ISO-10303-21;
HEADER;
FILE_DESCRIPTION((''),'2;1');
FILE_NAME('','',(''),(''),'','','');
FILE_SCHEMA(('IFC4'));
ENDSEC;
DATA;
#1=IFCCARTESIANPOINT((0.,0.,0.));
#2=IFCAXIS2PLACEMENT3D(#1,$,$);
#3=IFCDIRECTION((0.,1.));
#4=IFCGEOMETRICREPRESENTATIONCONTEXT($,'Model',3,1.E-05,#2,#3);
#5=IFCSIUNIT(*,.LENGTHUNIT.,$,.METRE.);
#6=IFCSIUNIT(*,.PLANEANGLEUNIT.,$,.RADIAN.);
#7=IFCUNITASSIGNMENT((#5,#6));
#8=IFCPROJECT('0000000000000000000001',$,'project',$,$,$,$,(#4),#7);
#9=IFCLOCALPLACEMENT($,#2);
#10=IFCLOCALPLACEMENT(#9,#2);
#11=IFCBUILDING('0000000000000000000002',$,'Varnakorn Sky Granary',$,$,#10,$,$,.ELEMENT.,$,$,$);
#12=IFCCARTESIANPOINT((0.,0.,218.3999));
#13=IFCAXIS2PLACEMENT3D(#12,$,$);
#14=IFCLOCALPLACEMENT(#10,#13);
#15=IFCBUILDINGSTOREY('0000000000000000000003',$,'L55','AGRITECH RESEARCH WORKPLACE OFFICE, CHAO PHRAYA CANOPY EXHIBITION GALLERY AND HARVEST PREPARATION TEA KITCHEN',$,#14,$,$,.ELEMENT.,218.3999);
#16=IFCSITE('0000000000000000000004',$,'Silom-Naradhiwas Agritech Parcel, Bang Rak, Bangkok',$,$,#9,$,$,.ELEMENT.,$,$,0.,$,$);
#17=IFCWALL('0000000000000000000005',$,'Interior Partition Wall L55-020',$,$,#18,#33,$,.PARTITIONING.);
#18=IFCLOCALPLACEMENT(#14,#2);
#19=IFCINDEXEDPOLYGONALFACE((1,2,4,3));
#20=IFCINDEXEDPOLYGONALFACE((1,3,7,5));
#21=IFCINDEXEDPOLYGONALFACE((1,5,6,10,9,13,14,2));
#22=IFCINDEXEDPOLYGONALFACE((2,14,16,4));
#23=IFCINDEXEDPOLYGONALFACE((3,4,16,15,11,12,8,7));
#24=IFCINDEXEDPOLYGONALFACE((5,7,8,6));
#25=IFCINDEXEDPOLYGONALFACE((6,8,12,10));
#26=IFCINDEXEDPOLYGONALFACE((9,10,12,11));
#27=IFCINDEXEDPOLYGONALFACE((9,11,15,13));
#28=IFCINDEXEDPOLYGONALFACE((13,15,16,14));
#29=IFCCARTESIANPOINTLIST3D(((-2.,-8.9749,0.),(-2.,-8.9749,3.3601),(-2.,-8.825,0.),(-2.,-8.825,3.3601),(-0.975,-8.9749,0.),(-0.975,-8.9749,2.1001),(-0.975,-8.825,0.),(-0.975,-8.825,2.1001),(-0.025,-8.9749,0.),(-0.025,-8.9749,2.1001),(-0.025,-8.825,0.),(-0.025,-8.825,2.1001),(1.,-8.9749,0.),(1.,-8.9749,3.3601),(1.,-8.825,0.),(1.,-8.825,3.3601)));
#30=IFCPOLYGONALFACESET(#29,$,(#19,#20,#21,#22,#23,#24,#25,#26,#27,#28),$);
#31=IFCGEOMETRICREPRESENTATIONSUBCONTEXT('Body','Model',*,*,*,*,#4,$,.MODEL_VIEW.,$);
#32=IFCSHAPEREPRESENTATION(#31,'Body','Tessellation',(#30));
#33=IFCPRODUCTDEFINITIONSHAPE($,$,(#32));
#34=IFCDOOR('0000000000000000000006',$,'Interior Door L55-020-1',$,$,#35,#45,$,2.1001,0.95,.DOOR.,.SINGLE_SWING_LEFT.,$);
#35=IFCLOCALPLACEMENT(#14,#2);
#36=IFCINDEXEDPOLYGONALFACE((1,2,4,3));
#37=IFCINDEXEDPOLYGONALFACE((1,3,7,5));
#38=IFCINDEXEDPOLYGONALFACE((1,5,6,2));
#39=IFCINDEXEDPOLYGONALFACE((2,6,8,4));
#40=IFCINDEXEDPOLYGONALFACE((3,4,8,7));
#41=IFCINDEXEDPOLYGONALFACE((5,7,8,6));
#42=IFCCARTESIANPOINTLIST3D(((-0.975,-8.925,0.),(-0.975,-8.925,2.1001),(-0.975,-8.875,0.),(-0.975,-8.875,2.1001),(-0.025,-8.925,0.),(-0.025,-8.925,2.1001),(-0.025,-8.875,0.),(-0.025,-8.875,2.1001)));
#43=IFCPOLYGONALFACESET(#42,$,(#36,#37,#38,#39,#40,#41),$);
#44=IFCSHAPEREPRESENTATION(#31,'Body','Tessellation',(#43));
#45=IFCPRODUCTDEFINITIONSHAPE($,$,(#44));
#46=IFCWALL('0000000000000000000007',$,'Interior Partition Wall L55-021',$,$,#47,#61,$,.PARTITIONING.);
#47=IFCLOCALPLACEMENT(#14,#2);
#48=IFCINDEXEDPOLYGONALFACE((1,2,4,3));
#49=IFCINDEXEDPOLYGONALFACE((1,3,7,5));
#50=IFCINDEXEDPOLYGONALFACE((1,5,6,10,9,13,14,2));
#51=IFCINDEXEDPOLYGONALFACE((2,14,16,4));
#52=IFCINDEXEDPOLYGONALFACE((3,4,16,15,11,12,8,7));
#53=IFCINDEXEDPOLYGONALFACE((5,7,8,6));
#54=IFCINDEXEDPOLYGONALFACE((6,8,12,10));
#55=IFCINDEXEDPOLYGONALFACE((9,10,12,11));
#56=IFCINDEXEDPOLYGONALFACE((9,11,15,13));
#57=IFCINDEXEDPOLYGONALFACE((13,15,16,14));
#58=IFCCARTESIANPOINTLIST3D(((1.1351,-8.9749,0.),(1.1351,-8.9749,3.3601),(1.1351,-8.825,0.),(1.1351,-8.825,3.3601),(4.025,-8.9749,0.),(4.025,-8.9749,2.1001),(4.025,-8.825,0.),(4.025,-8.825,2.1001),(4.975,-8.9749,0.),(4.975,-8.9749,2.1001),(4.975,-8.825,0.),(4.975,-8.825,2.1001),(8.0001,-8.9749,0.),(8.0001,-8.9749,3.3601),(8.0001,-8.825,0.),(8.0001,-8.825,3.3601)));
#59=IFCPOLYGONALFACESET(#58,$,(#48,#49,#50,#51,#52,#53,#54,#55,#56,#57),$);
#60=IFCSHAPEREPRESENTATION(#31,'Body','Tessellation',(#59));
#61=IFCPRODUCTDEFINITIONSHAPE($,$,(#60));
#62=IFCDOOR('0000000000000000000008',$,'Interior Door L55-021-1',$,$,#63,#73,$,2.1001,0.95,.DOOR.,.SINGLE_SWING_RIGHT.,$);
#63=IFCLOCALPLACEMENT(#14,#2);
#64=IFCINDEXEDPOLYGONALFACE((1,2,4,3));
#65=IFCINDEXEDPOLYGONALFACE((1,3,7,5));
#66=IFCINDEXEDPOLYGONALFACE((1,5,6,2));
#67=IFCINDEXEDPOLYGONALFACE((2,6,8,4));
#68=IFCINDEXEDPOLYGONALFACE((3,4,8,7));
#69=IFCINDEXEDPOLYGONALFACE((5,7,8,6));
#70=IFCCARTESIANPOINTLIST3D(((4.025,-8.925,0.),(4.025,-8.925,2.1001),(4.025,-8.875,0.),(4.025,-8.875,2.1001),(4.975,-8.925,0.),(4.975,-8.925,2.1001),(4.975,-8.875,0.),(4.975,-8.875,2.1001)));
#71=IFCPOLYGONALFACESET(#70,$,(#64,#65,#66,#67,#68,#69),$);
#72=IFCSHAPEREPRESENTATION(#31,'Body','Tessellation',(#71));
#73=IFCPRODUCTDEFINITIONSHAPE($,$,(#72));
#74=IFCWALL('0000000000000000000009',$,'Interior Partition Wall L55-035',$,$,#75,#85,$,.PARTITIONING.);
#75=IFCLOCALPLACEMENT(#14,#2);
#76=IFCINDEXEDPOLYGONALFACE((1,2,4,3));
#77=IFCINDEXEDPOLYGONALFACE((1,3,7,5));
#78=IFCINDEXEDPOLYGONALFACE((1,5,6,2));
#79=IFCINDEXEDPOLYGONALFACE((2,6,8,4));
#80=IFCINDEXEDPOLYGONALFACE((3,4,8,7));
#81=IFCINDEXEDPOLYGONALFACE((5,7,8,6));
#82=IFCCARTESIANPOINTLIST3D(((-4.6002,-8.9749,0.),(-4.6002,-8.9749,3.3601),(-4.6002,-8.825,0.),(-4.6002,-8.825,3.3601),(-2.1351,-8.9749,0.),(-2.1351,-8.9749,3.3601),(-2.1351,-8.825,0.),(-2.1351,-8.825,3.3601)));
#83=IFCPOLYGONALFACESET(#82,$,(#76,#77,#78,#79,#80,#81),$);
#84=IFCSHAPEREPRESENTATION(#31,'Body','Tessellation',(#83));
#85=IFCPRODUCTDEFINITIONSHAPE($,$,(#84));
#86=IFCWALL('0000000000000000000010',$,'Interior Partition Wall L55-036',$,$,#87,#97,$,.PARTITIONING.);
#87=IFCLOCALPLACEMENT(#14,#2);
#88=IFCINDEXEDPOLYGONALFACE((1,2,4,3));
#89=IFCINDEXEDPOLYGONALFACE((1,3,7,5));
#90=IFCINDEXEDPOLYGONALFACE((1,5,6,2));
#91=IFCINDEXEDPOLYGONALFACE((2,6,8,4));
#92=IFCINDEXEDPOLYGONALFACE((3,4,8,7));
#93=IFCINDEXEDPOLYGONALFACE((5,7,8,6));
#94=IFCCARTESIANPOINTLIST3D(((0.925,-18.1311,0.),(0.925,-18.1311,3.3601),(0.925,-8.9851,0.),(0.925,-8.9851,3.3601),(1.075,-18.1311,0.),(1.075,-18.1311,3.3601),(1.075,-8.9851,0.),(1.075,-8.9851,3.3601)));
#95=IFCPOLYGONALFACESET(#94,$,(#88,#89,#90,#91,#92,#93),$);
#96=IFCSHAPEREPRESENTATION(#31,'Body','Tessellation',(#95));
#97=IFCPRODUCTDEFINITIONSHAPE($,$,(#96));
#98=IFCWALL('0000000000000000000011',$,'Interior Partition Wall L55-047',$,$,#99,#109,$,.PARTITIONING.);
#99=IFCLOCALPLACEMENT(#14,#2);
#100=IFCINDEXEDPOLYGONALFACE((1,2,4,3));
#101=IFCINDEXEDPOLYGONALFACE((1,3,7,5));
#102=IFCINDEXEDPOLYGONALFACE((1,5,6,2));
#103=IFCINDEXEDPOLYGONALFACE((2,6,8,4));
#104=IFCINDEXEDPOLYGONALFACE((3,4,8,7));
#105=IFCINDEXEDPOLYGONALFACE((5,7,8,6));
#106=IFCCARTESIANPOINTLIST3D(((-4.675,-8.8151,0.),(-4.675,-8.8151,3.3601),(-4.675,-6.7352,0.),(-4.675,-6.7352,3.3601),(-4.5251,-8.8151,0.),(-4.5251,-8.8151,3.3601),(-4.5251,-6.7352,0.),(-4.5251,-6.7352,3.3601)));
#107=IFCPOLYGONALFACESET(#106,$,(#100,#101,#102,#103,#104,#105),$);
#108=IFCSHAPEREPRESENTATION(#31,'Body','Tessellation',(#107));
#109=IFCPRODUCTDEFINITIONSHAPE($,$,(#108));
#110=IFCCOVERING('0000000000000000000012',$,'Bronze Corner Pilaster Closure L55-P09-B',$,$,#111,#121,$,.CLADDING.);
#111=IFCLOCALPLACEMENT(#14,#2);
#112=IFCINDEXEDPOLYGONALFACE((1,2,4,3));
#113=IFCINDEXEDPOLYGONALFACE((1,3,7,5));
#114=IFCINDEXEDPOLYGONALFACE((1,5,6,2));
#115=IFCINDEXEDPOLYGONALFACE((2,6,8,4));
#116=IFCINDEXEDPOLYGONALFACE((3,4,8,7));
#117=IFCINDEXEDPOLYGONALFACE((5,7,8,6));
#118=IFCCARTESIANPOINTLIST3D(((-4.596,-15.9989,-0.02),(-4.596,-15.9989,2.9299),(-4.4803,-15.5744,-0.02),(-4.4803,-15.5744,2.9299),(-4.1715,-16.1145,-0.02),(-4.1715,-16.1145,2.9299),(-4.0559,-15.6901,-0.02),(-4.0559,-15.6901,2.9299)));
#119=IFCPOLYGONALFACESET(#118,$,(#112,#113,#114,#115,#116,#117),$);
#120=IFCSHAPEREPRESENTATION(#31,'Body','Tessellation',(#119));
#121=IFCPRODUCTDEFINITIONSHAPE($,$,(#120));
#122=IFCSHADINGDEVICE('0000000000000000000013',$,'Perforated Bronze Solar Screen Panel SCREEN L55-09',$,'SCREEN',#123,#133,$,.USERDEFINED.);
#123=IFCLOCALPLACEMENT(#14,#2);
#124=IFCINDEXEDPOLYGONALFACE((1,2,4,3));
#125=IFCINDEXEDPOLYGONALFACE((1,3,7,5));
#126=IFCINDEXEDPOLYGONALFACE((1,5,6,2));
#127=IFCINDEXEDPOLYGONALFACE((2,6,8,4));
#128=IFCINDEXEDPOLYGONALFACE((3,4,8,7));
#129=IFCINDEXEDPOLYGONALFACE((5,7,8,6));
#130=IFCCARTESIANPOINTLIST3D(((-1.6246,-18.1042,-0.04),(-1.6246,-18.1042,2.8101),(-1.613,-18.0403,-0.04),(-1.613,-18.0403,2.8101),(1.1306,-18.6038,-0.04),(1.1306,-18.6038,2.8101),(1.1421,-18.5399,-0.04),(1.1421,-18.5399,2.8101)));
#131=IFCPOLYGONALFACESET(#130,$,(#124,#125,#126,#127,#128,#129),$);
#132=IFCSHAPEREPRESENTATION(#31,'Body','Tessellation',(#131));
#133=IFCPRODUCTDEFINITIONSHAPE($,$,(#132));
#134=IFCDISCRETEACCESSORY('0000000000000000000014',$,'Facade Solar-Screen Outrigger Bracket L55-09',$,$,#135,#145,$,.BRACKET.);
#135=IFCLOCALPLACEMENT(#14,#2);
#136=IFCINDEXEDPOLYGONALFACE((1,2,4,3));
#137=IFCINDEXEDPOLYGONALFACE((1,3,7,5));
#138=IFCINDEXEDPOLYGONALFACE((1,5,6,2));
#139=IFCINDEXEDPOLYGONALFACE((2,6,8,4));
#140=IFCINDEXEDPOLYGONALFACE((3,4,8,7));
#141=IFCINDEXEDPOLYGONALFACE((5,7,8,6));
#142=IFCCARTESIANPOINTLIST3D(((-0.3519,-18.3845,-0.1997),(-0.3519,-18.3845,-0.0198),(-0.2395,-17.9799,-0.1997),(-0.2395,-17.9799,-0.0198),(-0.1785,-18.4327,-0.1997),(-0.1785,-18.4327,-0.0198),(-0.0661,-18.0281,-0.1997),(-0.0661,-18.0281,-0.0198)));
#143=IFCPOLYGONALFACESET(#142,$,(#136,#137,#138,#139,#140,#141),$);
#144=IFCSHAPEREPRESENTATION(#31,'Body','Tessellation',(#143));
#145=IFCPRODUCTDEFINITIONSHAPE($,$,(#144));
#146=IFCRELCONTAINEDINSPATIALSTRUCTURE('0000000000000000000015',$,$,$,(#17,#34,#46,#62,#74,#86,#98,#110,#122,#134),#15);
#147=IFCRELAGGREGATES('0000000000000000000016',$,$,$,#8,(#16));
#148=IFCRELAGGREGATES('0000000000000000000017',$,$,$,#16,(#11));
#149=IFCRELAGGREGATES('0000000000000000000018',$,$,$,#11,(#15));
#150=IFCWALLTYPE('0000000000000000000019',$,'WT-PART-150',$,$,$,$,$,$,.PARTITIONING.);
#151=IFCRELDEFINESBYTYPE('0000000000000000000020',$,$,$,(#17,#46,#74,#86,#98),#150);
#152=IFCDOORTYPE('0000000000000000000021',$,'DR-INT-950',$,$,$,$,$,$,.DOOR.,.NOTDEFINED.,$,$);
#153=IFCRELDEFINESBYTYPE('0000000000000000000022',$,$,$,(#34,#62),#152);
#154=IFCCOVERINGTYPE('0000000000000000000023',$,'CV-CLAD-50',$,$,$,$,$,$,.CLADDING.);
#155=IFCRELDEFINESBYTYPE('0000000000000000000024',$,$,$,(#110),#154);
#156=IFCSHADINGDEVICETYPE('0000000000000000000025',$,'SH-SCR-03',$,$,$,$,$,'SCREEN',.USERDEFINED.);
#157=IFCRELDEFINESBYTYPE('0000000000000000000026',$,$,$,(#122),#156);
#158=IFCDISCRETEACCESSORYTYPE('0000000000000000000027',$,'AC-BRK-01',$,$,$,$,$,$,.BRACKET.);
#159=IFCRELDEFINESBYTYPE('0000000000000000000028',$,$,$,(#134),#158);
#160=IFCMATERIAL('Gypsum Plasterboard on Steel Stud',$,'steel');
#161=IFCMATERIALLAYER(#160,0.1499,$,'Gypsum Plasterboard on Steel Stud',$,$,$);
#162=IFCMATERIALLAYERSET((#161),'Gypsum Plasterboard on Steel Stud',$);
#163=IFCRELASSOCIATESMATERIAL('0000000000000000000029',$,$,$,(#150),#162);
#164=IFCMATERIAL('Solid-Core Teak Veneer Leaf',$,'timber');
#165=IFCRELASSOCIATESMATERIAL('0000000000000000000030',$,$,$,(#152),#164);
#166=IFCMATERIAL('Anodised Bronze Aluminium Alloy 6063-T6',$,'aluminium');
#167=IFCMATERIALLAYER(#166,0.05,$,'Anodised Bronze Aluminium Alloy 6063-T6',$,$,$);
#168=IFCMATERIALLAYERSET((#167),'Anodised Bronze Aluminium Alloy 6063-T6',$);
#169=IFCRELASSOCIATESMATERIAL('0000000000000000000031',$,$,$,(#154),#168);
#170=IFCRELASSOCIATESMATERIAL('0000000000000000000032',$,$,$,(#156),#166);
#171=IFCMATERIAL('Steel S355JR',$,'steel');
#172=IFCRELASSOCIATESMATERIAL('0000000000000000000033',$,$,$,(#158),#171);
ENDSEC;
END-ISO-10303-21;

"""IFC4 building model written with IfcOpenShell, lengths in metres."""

from ifc_helpers import new_model, si_unit, direction, frame, frame_2d, origin, origin_2d, place, context, subcontext, project, spatial, rectangle, extrude, source, transform, mapped, material, layer, layer_set, type_object, type_shapes, element, fill, save


model = new_model("IFC4")

# Units and contexts
model_context = context("Model", 3, precision=1e-05, world=origin(), true_north=direction((0.0, 1.0)))
body_context = subcontext(model_context, "Body", "Model", "MODEL_VIEW")
ifc_project = project(units=[si_unit("LENGTHUNIT", "METRE"), si_unit("PLANEANGLEUNIT", "RADIAN")], contexts=[model_context])

# Site, building, storey
site_placement = place(None, origin())
site = spatial("IfcSite", under=ifc_project, at=site_placement, Name="Silom-Naradhiwas Agritech Parcel, Bang Rak, Bangkok", CompositionType="ELEMENT", RefElevation=0.0)
building_placement = place(site_placement, origin())
building = spatial("IfcBuilding", under=site, at=building_placement, Name="Varnakorn Sky Granary", CompositionType="ELEMENT")
storey_placement = place(building_placement, frame((0.0, 0.0, 218.3999)))
storey = spatial("IfcBuildingStorey", under=building, at=storey_placement, Name="L55", Description="AGRITECH RESEARCH WORKPLACE OFFICE, CHAO PHRAYA CANOPY EXHIBITION GALLERY AND HARVEST PREPARATION TEA KITCHEN", CompositionType="ELEMENT", Elevation=218.3999)

# Shared definitions
ifc_material_1 = material(Name="Steel S355JR", Category="steel")

# Shared definitions
ifc_material_2 = material(Name="Anodised Bronze Aluminium Alloy 6063-T6", Category="aluminium")

# Walls, openings, doors
ifc_material_3 = material(Name="Gypsum Plasterboard on Steel Stud", Category="steel")
ifc_layer_1 = layer(ifc_material_3, 0.1499, Name="Gypsum Plasterboard on Steel Stud")
ifc_layer_set_1 = layer_set([ifc_layer_1], Name="Gypsum Plasterboard on Steel Stud")
wall_type = type_object("IfcWallType", Name="WT-PART-150", PredefinedType="PARTITIONING", material=ifc_layer_set_1)
wall_1_placement = place(storey_placement, frame((-2.0, -8.8999, 0.0), z_axis=(0.0, 0.0, 1.0), x_axis=(1.0, 0.0, 0.0)))
wall_1 = element("IfcWall", 1, at=wall_1_placement, inside=storey, type_object=wall_type, Name="Interior Partition Wall L55-020", PredefinedType="PARTITIONING", context=body_context, shape_type="SweptSolid", body=[
    extrude(rectangle(XDim=3.0, YDim=0.1499, at=frame_2d((1.5, 0.0))), origin(), (0.0, 0.0, 1.0), 3.3601),
])
opening_1_placement = place(wall_1_placement, frame((1.0249, 0.0, 0.0)))
opening_1 = element("IfcOpeningElement", 2, at=opening_1_placement, cuts=wall_1, PredefinedType="OPENING", context=body_context, shape_type="SweptSolid", body=[
    extrude(rectangle(XDim=0.95, YDim=2.1001, at=frame_2d((0.4751, 1.05))), frame((0.0, 0.085, 0.0), z_axis=(0.0, -1.0, 0.0), x_axis=(1.0, 0.0, 0.0)), (0.0, 0.0, 1.0), 0.1699),
])
ifc_material_4 = material(Name="Solid-Core Teak Veneer Leaf", Category="timber")
door_type = type_object("IfcDoorType", Name="DR-INT-950", OperationType="NOTDEFINED", PredefinedType="DOOR", material=ifc_material_4)
door_1_placement = place(opening_1_placement, origin())
door_1 = element("IfcDoor", 3, at=door_1_placement, inside=storey, type_object=door_type, Name="Interior Door L55-020-1", OperationType="SINGLE_SWING_LEFT", OverallHeight=2.1001, OverallWidth=0.95, PredefinedType="DOOR", context=body_context, shape_type="SweptSolid", body=[
    extrude(rectangle(XDim=0.95, YDim=2.1001, at=frame_2d((0.4751, 1.05))), frame((0.0, 0.0249, 0.0), z_axis=(0.0, -1.0, 0.0), x_axis=(1.0, 0.0, 0.0)), (0.0, 0.0, 1.0), 0.05),
])
fill(opening_1, door_1)
wall_2_placement = place(storey_placement, frame((1.135, -8.8999, 0.0), z_axis=(0.0, 0.0, 1.0), x_axis=(1.0, 0.0, 0.0)))
wall_2 = element("IfcWall", 4, at=wall_2_placement, inside=storey, type_object=wall_type, Name="Interior Partition Wall L55-021", PredefinedType="PARTITIONING", context=body_context, shape_type="SweptSolid", body=[
    extrude(rectangle(XDim=6.865, YDim=0.1499, at=frame_2d((3.4326, 0.0))), origin(), (0.0, 0.0, 1.0), 3.3601),
])
opening_2_placement = place(wall_2_placement, frame((2.8899, 0.0, 0.0)))
opening_2 = element("IfcOpeningElement", 5, at=opening_2_placement, cuts=wall_2, PredefinedType="OPENING", context=body_context, shape_type="SweptSolid", body=[
    extrude(rectangle(XDim=0.95, YDim=2.1001, at=frame_2d((0.4751, 1.05))), frame((0.0, 0.085, 0.0), z_axis=(0.0, -1.0, 0.0), x_axis=(1.0, 0.0, 0.0)), (0.0, 0.0, 1.0), 0.1699),
])
door_2_placement = place(opening_2_placement, origin())
door_2 = element("IfcDoor", 6, at=door_2_placement, inside=storey, type_object=door_type, Name="Interior Door L55-021-1", OperationType="SINGLE_SWING_RIGHT", OverallHeight=2.1001, OverallWidth=0.95, PredefinedType="DOOR", context=body_context, shape_type="SweptSolid", body=[
    extrude(rectangle(XDim=0.95, YDim=2.1001, at=frame_2d((0.4751, 1.05))), frame((0.0, 0.0249, 0.0), z_axis=(0.0, -1.0, 0.0), x_axis=(1.0, 0.0, 0.0)), (0.0, 0.0, 1.0), 0.05),
])
fill(opening_2, door_2)

# Walls
wall_3_placement = place(storey_placement, frame((-4.6001, -8.8999, 0.0), z_axis=(0.0, 0.0, 1.0), x_axis=(1.0, 0.0, 0.0)))
element("IfcWall", 7, at=wall_3_placement, inside=storey, type_object=wall_type, Name="Interior Partition Wall L55-035", PredefinedType="PARTITIONING", context=body_context, shape_type="SweptSolid", body=[
    extrude(rectangle(XDim=2.4651, YDim=0.1499, at=frame_2d((1.2324, 0.0))), origin(), (0.0, 0.0, 1.0), 3.3601),
])
wall_4_placement = place(storey_placement, frame((1.0, -8.9851, 0.0), z_axis=(0.0, 0.0, 1.0), x_axis=(0.0, -1.0, 0.0)))
element("IfcWall", 8, at=wall_4_placement, inside=storey, type_object=wall_type, Name="Interior Partition Wall L55-036", PredefinedType="PARTITIONING", context=body_context, shape_type="SweptSolid", body=[
    extrude(rectangle(XDim=9.146, YDim=0.1499, at=frame_2d((4.573, 0.0))), origin(), (0.0, 0.0, 1.0), 3.3601),
])
wall_5_placement = place(storey_placement, frame((-4.6001, -6.7351, 0.0), z_axis=(0.0, 0.0, 1.0), x_axis=(0.0, -1.0, 0.0)))
element("IfcWall", 9, at=wall_5_placement, inside=storey, type_object=wall_type, Name="Interior Partition Wall L55-047", PredefinedType="PARTITIONING", context=body_context, shape_type="SweptSolid", body=[
    extrude(rectangle(XDim=2.0798, YDim=0.1499, at=frame_2d((1.04, 0.0))), origin(), (0.0, 0.0, 1.0), 3.3601),
])

# Covering
ifc_layer_2 = layer(ifc_material_2, 0.05, Name="Anodised Bronze Aluminium Alloy 6063-T6")
ifc_layer_set_2 = layer_set([ifc_layer_2], Name="Anodised Bronze Aluminium Alloy 6063-T6")
covering_type = type_object("IfcCoveringType", Name="CV-CLAD-50", PredefinedType="CLADDING", material=ifc_layer_set_2)
shared_shape_1 = source(origin(), body_context, "Body", "SweptSolid", [
    extrude(rectangle(XDim=0.4399, YDim=0.4399, at=origin_2d()), origin(), (0.0, 0.0, 1.0), 2.95),
])
type_shapes(covering_type, [shared_shape_1])
covering_placement = place(storey_placement, frame((-4.3259, -15.8445, -0.02), z_axis=(0.0, 0.0, 1.0), x_axis=(-0.964833, 0.262863, 0.0)))
element("IfcCovering", 10, at=covering_placement, inside=storey, type_object=covering_type, Name="Bronze Corner Pilaster Closure L55-P09-B", PredefinedType="CLADDING", context=body_context, shape_type="MappedRepresentation", body=[
    mapped(shared_shape_1, transform((0.0, 0.0, 0.0), x_axis=(1.0, 0.0, 0.0), y_axis=(0.0, 1.0, 0.0), z_axis=(0.0, 0.0, 1.0), scale=1.0)),
])

# Shading device
shading_device_type = type_object("IfcShadingDeviceType", Name="SH-SCR-03", ElementType="SCREEN", PredefinedType="USERDEFINED", material=ifc_material_2)
shared_shape_2 = source(origin(), body_context, "Body", "SweptSolid", [
    extrude(rectangle(XDim=2.8, YDim=0.0649, at=origin_2d()), origin(), (0.0, 0.0, 1.0), 2.8501),
])
type_shapes(shading_device_type, [shared_shape_2])
shading_device_placement = place(storey_placement, frame((-0.2412, -18.322, -0.04), z_axis=(0.0, 0.0, 1.0), x_axis=(0.983951, -0.178437, 0.0)))
element("IfcShadingDevice", 11, at=shading_device_placement, inside=storey, type_object=shading_device_type, Name="Perforated Bronze Solar Screen Panel SCREEN L55-09", ObjectType="SCREEN", PredefinedType="USERDEFINED", context=body_context, shape_type="MappedRepresentation", body=[
    mapped(shared_shape_2, transform((0.0, 0.0, 0.0), x_axis=(1.0, 0.0, 0.0), y_axis=(0.0, 1.0, 0.0), z_axis=(0.0, 0.0, 1.0), scale=1.0)),
])

# Discrete accessory
discrete_accessory_type = type_object("IfcDiscreteAccessoryType", Name="AC-BRK-01", PredefinedType="BRACKET", material=ifc_material_1)
shared_shape_3 = source(origin(), body_context, "Body", "SweptSolid", [
    extrude(rectangle(XDim=0.1799, YDim=0.4199, at=origin_2d()), origin(), (0.0, 0.0, 1.0), 0.1799),
])
type_shapes(discrete_accessory_type, [shared_shape_3])
discrete_accessory_placement = place(storey_placement, frame((-0.209, -18.2063, -0.1997), z_axis=(0.0, 0.0, 1.0), x_axis=(0.963496, -0.267722, 0.0)))
element("IfcDiscreteAccessory", 12, at=discrete_accessory_placement, inside=storey, type_object=discrete_accessory_type, Name="Facade Solar-Screen Outrigger Bracket L55-09", PredefinedType="BRACKET", context=body_context, shape_type="MappedRepresentation", body=[
    mapped(shared_shape_3, transform((0.0, 0.0, 0.0), x_axis=(1.0, 0.0, 0.0), y_axis=(0.0, 1.0, 0.0), z_axis=(0.0, 0.0, 1.0), scale=1.0)),
])

save(model, "model.ifc")
